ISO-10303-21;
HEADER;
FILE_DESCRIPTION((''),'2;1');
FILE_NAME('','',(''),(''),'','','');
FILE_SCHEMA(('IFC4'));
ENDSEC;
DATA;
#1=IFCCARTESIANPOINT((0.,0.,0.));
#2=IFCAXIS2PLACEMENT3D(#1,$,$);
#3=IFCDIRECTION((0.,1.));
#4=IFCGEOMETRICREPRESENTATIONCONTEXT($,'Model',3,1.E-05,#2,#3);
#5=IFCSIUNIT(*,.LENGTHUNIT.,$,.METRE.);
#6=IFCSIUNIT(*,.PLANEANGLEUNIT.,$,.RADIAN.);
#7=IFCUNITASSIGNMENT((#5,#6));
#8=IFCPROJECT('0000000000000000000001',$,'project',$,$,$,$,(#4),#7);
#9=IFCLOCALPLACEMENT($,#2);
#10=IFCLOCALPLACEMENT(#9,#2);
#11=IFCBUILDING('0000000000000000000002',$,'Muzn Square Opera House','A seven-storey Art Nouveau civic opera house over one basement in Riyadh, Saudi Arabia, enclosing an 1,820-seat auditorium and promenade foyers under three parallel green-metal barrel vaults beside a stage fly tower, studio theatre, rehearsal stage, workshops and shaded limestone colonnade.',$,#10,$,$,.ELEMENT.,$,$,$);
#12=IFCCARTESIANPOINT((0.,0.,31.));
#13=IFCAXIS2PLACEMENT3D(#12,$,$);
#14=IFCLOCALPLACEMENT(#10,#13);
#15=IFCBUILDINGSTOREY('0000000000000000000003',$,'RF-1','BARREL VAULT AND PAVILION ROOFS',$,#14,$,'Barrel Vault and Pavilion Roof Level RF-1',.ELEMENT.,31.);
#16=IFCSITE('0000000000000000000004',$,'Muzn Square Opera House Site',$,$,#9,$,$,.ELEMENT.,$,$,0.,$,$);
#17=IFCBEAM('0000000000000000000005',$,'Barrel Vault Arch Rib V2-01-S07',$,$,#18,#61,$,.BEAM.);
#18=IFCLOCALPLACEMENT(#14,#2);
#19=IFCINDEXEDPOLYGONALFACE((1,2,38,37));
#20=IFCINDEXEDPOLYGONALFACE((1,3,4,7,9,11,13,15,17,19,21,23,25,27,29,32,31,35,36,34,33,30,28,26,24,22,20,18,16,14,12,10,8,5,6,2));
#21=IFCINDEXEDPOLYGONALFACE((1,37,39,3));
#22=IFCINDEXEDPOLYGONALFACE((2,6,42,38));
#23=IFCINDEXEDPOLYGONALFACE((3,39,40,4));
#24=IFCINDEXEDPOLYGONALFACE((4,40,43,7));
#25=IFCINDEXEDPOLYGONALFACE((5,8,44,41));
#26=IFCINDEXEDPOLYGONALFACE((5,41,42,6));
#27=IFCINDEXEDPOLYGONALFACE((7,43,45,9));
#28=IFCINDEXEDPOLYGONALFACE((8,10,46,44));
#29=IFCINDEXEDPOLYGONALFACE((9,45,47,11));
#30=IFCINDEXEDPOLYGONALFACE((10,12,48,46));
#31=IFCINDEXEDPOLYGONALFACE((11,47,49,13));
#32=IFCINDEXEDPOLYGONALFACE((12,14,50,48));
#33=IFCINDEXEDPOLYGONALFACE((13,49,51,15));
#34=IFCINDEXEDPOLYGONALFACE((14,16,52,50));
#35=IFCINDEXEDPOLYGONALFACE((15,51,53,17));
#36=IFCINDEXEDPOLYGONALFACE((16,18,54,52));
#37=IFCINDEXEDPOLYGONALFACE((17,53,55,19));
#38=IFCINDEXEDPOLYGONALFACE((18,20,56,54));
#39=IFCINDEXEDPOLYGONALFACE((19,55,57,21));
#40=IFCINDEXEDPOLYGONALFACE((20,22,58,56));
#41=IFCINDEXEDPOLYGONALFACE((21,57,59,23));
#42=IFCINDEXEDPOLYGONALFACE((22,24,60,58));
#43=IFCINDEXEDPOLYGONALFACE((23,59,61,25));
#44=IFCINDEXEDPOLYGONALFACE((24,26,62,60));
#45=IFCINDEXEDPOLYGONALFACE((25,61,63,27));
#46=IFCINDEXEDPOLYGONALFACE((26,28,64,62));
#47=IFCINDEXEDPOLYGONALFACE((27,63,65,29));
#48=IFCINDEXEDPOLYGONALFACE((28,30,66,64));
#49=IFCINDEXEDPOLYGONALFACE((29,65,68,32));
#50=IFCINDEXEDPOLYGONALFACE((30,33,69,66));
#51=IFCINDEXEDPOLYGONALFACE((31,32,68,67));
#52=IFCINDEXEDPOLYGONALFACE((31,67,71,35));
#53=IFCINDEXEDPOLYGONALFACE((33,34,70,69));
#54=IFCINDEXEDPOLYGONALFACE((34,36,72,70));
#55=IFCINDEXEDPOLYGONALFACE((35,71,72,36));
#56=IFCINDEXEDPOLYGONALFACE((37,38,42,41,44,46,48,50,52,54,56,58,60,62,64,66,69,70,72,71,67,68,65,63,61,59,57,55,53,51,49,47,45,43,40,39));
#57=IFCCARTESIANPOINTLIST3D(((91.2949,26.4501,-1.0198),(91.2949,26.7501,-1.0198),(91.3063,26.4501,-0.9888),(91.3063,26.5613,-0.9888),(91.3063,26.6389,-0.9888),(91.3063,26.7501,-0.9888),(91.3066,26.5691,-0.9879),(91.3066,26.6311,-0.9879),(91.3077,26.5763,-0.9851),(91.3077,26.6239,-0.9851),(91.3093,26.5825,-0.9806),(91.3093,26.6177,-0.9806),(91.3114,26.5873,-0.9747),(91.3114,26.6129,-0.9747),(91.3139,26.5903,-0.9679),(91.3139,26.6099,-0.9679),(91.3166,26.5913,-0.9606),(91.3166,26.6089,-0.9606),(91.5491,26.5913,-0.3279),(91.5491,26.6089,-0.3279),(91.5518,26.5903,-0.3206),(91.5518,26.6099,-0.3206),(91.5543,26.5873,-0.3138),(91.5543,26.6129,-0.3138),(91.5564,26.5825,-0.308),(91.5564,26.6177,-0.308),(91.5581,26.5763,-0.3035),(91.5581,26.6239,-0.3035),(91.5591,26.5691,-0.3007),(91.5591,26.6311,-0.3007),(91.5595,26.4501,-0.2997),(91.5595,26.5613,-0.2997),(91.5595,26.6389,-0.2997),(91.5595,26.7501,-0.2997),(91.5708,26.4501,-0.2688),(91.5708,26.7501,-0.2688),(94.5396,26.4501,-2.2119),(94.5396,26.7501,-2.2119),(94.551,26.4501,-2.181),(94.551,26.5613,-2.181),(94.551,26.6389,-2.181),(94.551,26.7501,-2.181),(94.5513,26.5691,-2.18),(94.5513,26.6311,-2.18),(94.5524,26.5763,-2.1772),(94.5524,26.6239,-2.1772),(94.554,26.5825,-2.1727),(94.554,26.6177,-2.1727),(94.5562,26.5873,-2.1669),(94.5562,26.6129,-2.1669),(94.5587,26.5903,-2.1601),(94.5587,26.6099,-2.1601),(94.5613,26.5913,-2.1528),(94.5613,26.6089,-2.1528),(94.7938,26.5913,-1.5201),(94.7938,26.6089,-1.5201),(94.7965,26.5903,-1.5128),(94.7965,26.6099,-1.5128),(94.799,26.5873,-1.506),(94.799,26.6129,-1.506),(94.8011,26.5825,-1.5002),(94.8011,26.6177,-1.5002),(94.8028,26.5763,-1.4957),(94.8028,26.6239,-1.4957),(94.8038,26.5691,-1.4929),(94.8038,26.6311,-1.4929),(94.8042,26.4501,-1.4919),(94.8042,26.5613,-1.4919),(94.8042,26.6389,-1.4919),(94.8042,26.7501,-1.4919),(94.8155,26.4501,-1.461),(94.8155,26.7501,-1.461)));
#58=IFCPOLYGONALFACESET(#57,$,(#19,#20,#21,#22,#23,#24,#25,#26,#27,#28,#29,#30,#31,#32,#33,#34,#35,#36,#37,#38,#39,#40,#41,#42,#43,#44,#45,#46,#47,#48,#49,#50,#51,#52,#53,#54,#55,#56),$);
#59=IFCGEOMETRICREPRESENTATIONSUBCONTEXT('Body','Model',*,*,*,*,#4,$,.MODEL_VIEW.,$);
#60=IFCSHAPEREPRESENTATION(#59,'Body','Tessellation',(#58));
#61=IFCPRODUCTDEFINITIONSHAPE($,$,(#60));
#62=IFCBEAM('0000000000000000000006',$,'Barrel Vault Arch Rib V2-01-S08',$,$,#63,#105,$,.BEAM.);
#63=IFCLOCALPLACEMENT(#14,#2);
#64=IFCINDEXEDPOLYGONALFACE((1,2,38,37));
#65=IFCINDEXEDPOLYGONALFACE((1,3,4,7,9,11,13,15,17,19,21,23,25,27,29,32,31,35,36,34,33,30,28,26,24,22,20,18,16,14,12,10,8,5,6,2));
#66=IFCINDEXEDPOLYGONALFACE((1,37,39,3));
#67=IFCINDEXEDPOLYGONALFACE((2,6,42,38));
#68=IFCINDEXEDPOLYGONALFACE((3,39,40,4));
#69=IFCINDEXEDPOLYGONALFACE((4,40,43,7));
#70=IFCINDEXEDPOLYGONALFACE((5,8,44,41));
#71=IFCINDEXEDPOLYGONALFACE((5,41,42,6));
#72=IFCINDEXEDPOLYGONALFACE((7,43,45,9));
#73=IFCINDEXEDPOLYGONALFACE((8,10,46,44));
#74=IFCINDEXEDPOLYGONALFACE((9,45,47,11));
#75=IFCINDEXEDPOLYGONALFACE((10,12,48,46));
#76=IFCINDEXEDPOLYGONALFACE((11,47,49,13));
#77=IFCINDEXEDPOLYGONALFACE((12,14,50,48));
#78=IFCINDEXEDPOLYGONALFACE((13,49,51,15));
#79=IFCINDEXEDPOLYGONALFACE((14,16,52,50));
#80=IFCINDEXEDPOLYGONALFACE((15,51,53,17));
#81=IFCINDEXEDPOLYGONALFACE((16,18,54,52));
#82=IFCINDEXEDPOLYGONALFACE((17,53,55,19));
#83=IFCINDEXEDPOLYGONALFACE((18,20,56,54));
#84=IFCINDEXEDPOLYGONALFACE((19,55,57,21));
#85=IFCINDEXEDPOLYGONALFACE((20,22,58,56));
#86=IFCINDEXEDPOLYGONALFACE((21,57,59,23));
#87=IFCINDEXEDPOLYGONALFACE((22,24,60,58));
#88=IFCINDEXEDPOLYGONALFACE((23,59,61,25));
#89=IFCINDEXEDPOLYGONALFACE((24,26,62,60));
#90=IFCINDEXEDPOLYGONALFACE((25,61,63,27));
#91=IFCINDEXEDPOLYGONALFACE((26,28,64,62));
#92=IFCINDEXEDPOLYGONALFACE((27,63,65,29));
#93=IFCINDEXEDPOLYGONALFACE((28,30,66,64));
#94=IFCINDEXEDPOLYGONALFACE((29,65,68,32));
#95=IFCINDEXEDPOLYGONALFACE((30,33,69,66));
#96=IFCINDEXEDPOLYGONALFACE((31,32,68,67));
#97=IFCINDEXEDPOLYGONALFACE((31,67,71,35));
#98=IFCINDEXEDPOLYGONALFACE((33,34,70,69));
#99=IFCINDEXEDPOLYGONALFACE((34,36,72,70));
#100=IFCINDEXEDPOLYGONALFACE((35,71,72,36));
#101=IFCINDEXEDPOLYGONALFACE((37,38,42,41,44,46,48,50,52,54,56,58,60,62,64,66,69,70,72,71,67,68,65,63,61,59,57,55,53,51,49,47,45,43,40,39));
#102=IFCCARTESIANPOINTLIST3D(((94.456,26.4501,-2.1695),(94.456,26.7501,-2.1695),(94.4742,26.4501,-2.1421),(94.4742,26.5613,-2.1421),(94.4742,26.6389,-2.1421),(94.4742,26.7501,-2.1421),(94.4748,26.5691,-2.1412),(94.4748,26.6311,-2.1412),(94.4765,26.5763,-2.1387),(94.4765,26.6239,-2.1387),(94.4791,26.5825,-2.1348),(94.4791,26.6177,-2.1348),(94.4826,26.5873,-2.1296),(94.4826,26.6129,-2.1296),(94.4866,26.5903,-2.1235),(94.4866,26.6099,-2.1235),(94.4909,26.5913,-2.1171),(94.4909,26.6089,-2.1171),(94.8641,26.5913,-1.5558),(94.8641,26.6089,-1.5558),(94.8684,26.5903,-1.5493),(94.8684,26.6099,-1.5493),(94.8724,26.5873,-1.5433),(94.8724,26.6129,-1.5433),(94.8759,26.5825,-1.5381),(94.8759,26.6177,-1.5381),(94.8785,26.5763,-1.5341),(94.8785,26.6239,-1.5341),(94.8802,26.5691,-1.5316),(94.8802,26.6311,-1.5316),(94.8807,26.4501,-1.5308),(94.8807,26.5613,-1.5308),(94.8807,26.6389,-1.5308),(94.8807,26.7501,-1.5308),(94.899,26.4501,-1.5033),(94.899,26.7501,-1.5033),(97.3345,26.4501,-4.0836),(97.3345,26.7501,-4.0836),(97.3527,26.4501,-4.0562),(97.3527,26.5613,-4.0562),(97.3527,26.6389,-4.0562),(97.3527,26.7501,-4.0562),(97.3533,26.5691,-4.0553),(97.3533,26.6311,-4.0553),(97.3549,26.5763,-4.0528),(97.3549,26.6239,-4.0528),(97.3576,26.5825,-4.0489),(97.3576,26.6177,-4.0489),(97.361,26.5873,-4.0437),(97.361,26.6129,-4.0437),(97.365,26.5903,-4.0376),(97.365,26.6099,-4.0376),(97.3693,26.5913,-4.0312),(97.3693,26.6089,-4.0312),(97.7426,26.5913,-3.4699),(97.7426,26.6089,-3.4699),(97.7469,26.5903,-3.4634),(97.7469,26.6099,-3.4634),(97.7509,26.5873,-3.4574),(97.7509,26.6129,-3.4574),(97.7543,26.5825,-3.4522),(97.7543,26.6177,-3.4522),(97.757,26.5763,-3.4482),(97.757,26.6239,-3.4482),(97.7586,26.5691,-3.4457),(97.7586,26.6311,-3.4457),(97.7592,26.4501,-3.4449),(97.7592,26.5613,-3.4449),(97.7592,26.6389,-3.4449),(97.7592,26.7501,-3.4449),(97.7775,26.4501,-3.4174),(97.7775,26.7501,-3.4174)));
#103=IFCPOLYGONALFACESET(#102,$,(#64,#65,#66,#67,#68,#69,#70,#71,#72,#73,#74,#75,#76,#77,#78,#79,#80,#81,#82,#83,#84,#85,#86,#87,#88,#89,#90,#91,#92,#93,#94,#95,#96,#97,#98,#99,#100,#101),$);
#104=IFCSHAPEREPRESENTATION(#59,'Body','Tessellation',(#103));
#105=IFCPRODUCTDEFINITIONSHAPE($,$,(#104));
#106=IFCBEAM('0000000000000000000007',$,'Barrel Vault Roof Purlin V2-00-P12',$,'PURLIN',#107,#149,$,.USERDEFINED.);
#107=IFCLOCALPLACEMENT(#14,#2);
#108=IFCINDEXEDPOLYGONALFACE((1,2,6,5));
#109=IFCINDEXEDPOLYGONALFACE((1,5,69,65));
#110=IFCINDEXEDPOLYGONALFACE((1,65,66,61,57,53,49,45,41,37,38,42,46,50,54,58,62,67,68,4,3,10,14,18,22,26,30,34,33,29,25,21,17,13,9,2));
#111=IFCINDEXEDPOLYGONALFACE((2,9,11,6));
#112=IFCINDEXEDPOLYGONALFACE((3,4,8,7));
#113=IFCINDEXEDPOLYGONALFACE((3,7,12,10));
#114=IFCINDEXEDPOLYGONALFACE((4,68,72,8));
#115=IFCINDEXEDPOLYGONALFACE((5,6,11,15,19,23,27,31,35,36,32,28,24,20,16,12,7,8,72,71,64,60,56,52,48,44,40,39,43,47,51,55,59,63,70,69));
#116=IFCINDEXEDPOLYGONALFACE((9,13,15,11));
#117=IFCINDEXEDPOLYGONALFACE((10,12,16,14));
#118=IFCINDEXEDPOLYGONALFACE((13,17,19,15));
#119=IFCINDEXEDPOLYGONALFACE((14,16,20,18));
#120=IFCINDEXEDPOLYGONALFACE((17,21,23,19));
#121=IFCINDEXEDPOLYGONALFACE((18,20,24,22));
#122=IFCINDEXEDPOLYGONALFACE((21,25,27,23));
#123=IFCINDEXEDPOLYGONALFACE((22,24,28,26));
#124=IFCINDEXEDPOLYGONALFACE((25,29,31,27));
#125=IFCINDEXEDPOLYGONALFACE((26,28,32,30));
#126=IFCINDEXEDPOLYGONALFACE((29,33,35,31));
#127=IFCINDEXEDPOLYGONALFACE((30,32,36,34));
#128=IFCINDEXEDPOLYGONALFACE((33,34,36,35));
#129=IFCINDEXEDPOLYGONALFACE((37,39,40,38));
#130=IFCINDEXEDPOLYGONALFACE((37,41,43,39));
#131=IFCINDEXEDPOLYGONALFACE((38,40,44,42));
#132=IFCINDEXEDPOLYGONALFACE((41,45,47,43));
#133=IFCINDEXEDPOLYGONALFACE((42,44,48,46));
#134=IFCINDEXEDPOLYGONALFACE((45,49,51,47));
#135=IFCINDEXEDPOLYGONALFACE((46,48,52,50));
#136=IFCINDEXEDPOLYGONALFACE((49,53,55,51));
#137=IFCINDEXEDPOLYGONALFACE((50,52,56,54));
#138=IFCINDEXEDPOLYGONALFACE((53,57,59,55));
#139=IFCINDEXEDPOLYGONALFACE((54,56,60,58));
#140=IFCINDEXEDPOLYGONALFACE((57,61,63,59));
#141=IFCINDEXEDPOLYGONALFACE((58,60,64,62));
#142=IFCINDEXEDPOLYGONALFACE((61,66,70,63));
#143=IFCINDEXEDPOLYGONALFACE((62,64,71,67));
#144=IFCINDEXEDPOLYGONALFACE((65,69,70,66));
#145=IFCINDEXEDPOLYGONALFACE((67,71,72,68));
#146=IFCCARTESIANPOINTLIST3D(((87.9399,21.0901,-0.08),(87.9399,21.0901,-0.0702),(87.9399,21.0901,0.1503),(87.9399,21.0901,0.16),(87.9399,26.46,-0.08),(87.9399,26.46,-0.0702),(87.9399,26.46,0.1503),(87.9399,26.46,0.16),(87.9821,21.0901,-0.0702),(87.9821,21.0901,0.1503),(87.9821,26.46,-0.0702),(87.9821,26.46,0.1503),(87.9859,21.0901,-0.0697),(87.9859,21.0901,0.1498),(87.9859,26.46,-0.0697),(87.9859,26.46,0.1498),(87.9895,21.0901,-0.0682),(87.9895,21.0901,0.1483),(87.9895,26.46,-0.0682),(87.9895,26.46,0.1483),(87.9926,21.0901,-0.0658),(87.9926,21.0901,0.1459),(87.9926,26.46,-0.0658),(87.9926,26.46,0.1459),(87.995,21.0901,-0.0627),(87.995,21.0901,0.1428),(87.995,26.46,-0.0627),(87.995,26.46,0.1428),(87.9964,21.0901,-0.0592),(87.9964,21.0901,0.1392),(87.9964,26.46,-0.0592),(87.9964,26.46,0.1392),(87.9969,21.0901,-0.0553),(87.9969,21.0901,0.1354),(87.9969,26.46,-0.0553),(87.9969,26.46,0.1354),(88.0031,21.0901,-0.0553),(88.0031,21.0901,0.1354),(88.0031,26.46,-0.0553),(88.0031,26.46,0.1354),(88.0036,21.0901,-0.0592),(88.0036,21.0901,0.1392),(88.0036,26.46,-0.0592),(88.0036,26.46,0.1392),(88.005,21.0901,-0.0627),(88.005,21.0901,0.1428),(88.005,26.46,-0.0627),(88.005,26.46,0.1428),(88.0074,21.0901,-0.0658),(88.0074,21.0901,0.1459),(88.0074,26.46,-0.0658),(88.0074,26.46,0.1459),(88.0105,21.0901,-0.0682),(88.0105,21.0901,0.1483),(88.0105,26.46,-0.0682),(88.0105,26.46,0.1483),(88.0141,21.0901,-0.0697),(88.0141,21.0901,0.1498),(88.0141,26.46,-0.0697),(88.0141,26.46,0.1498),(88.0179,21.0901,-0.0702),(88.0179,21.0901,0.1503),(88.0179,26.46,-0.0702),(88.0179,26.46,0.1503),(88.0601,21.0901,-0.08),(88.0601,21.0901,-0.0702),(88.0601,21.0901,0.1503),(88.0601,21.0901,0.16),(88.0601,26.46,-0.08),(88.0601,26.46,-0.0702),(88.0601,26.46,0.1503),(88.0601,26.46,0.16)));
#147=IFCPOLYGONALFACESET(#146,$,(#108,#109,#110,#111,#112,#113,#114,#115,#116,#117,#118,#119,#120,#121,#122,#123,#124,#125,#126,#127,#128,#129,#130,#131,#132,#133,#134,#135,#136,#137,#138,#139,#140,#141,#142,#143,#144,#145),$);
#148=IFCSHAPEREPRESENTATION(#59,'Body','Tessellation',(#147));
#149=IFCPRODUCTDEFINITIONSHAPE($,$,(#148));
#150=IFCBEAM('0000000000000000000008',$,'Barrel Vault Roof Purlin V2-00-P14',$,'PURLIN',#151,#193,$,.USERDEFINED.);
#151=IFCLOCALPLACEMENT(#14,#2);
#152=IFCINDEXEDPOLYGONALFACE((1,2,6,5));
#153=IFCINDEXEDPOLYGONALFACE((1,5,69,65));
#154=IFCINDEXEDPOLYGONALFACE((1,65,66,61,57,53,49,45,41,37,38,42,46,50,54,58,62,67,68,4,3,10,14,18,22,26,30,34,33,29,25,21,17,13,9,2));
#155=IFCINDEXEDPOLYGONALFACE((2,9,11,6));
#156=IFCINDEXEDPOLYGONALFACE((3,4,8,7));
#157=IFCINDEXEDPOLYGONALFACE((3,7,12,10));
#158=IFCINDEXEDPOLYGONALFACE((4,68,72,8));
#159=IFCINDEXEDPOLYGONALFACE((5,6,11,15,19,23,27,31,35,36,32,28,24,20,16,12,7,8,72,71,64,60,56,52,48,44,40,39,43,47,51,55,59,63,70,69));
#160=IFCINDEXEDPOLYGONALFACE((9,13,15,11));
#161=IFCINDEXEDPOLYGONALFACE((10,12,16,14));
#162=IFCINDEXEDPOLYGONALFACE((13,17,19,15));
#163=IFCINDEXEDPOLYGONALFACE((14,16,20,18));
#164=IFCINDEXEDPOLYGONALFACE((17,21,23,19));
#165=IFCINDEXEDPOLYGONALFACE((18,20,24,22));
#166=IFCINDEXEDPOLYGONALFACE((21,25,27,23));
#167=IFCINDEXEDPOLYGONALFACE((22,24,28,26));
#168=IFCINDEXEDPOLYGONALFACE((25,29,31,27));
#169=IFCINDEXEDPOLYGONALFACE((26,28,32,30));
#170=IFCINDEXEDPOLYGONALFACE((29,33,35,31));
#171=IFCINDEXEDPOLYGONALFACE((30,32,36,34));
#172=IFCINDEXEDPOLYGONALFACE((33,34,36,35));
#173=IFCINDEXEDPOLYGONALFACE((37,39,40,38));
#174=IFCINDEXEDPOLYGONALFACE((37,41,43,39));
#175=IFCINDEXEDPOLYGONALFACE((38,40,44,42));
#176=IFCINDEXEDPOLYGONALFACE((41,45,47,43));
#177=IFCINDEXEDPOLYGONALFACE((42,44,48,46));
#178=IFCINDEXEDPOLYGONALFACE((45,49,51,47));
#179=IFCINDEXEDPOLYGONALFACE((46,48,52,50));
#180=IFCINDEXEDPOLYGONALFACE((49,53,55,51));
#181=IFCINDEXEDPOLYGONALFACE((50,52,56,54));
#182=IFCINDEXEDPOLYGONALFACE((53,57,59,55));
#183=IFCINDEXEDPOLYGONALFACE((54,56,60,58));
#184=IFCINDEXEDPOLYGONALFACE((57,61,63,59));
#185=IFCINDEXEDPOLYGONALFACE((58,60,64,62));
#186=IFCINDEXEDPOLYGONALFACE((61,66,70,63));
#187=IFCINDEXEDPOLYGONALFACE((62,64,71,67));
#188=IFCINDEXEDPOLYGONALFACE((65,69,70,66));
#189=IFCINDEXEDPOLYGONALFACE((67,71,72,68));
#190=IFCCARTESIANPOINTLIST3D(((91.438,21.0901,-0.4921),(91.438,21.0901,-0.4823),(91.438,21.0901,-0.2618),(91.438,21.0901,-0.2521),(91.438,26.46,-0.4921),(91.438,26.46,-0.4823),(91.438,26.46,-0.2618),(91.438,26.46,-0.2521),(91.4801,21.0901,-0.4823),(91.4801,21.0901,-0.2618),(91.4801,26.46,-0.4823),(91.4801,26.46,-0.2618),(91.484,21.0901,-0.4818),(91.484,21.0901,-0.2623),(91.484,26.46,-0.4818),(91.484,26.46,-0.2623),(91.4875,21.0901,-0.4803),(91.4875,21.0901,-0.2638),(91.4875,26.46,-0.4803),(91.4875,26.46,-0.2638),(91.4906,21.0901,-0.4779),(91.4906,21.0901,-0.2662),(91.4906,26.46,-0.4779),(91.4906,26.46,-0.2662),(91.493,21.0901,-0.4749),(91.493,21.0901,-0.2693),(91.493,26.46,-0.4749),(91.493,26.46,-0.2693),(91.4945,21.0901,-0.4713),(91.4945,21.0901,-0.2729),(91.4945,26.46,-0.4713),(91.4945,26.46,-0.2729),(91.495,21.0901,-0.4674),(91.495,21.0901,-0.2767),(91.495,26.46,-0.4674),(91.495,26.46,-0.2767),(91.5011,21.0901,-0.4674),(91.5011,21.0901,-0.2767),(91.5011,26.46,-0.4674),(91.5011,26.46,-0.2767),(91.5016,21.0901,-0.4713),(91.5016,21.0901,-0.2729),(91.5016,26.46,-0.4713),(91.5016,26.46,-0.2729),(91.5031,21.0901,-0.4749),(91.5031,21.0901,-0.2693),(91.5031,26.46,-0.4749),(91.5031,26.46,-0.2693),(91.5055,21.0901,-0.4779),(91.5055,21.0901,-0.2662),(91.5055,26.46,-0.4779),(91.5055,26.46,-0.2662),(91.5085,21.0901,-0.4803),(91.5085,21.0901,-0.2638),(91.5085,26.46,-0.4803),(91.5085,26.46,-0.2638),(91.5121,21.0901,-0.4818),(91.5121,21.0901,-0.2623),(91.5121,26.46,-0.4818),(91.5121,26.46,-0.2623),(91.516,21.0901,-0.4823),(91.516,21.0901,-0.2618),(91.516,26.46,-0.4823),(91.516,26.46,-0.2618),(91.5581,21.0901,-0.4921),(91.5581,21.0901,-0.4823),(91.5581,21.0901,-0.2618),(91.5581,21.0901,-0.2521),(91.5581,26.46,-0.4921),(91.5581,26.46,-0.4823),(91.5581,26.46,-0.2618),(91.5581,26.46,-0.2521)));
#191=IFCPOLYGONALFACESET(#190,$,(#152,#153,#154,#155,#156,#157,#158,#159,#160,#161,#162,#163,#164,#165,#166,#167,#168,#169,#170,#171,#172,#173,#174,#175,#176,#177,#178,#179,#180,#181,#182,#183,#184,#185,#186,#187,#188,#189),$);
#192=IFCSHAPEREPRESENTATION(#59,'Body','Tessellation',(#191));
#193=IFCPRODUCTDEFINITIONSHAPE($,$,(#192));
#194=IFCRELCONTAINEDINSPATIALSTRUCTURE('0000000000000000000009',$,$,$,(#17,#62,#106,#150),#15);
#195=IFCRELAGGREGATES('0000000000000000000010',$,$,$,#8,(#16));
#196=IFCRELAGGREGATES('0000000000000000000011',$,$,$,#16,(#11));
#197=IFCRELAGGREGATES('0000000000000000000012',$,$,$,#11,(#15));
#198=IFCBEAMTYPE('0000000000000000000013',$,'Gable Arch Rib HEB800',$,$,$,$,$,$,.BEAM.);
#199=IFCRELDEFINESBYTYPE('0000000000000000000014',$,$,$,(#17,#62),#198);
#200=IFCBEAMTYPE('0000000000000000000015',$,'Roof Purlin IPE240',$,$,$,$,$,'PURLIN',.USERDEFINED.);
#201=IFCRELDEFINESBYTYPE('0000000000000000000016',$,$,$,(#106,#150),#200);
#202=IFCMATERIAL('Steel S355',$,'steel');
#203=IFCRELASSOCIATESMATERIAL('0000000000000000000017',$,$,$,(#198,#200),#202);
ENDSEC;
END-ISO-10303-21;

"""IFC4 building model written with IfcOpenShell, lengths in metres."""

from ifc_helpers import new_model, si_unit, direction, frame, origin, origin_2d, place, context, subcontext, project, spatial, i_section, extrude, material, material_profile, profile_set, type_object, element, save


model = new_model("IFC4")

# Units and contexts
model_context = context("Model", 3, precision=1e-05, world=origin(), true_north=direction((0.0, 1.0)))
body_context = subcontext(model_context, "Body", "Model", "MODEL_VIEW")
ifc_project = project(units=[si_unit("LENGTHUNIT", "METRE"), si_unit("PLANEANGLEUNIT", "RADIAN")], contexts=[model_context])

# Site, building, storey
site_placement = place(None, origin())
site = spatial("IfcSite", under=ifc_project, at=site_placement, Name="Muzn Square Opera House Site", CompositionType="ELEMENT", RefElevation=0.0)
building_placement = place(site_placement, origin())
building = spatial("IfcBuilding", under=site, at=building_placement, Name="Muzn Square Opera House", Description="A seven-storey Art Nouveau civic opera house over one basement in Riyadh, Saudi Arabia, enclosing an 1,820-seat auditorium and promenade foyers under three parallel green-metal barrel vaults beside a stage fly tower, studio theatre, rehearsal stage, workshops and shaded limestone colonnade.", CompositionType="ELEMENT")
storey_placement = place(building_placement, frame((0.0, 0.0, 31.0)))
storey = spatial("IfcBuildingStorey", under=building, at=storey_placement, Name="RF-1", Description="BARREL VAULT AND PAVILION ROOFS", LongName="Barrel Vault and Pavilion Roof Level RF-1", CompositionType="ELEMENT", Elevation=31.0)

# Beams
ifc_material_1 = material(Name="Steel S355", Category="steel")
ifc_material_profile_1 = material_profile(ifc_material_1, i_section(OverallWidth=0.3, OverallDepth=0.8, WebThickness=0.0176, FlangeThickness=0.033, FilletRadius=0.03, at=origin_2d()), Name="HEB 800", Category="steel")
ifc_profile_set_1 = profile_set([ifc_material_profile_1], Name="Steel S355")
beam_type_1 = type_object("IfcBeamType", Name="Gable Arch Rib HEB800", PredefinedType="BEAM", material=ifc_profile_set_1)
for number, where, z_axis, x_axis, name in (
    (1, (91.4329, 26.6001, -0.6443), (0.938648, 0.0, -0.344877), (0.0, 1.0, 0.0), "Barrel Vault Arch Rib V2-01-S07"),
    (2, (94.6775, 26.6001, -1.8364), (0.832702, 0.0, -0.553722), (0.0, 1.0, 0.0), "Barrel Vault Arch Rib V2-01-S08"),
):
    element("IfcBeam", number, at=place(storey_placement, frame(where, z_axis=z_axis, x_axis=x_axis)), inside=storey, type_object=beam_type_1, Name=name, PredefinedType="BEAM", context=body_context, shape_type="SweptSolid", body=[
        extrude(i_section(OverallWidth=0.3, OverallDepth=0.8, WebThickness=0.0176, FlangeThickness=0.033, FilletRadius=0.03, at=origin_2d()), origin(), (0.0, 0.0, 1.0), 3.4568),
    ])
ifc_material_profile_2 = material_profile(ifc_material_1, i_section(OverallWidth=0.1201, OverallDepth=0.24, WebThickness=0.0061, FlangeThickness=0.0098, FilletRadius=0.0149, at=origin_2d()), Name="IPE 240", Category="steel")
ifc_profile_set_2 = profile_set([ifc_material_profile_2], Name="Steel S355")
beam_type_2 = type_object("IfcBeamType", Name="Roof Purlin IPE240", ElementType="PURLIN", PredefinedType="USERDEFINED", material=ifc_profile_set_2)
for number, where, z_axis, x_axis, name in (
    (3, (88.0, 21.0901, 0.04), (0.0, 1.0, 0.0), (-1.0, 0.0, 0.0), "Barrel Vault Roof Purlin V2-00-P12"),
    (4, (91.498, 21.0901, -0.3721), (0.0, 1.0, 0.0), (-1.0, 0.0, 0.0), "Barrel Vault Roof Purlin V2-00-P14"),
):
    element("IfcBeam", number, at=place(storey_placement, frame(where, z_axis=z_axis, x_axis=x_axis)), inside=storey, type_object=beam_type_2, Name=name, ObjectType="PURLIN", PredefinedType="USERDEFINED", context=body_context, shape_type="SweptSolid", body=[
        extrude(i_section(OverallWidth=0.1201, OverallDepth=0.24, WebThickness=0.0061, FlangeThickness=0.0098, FilletRadius=0.0149, at=origin_2d()), origin(), (0.0, 0.0, 1.0), 5.3699),
    ])

save(model, "model.ifc")
